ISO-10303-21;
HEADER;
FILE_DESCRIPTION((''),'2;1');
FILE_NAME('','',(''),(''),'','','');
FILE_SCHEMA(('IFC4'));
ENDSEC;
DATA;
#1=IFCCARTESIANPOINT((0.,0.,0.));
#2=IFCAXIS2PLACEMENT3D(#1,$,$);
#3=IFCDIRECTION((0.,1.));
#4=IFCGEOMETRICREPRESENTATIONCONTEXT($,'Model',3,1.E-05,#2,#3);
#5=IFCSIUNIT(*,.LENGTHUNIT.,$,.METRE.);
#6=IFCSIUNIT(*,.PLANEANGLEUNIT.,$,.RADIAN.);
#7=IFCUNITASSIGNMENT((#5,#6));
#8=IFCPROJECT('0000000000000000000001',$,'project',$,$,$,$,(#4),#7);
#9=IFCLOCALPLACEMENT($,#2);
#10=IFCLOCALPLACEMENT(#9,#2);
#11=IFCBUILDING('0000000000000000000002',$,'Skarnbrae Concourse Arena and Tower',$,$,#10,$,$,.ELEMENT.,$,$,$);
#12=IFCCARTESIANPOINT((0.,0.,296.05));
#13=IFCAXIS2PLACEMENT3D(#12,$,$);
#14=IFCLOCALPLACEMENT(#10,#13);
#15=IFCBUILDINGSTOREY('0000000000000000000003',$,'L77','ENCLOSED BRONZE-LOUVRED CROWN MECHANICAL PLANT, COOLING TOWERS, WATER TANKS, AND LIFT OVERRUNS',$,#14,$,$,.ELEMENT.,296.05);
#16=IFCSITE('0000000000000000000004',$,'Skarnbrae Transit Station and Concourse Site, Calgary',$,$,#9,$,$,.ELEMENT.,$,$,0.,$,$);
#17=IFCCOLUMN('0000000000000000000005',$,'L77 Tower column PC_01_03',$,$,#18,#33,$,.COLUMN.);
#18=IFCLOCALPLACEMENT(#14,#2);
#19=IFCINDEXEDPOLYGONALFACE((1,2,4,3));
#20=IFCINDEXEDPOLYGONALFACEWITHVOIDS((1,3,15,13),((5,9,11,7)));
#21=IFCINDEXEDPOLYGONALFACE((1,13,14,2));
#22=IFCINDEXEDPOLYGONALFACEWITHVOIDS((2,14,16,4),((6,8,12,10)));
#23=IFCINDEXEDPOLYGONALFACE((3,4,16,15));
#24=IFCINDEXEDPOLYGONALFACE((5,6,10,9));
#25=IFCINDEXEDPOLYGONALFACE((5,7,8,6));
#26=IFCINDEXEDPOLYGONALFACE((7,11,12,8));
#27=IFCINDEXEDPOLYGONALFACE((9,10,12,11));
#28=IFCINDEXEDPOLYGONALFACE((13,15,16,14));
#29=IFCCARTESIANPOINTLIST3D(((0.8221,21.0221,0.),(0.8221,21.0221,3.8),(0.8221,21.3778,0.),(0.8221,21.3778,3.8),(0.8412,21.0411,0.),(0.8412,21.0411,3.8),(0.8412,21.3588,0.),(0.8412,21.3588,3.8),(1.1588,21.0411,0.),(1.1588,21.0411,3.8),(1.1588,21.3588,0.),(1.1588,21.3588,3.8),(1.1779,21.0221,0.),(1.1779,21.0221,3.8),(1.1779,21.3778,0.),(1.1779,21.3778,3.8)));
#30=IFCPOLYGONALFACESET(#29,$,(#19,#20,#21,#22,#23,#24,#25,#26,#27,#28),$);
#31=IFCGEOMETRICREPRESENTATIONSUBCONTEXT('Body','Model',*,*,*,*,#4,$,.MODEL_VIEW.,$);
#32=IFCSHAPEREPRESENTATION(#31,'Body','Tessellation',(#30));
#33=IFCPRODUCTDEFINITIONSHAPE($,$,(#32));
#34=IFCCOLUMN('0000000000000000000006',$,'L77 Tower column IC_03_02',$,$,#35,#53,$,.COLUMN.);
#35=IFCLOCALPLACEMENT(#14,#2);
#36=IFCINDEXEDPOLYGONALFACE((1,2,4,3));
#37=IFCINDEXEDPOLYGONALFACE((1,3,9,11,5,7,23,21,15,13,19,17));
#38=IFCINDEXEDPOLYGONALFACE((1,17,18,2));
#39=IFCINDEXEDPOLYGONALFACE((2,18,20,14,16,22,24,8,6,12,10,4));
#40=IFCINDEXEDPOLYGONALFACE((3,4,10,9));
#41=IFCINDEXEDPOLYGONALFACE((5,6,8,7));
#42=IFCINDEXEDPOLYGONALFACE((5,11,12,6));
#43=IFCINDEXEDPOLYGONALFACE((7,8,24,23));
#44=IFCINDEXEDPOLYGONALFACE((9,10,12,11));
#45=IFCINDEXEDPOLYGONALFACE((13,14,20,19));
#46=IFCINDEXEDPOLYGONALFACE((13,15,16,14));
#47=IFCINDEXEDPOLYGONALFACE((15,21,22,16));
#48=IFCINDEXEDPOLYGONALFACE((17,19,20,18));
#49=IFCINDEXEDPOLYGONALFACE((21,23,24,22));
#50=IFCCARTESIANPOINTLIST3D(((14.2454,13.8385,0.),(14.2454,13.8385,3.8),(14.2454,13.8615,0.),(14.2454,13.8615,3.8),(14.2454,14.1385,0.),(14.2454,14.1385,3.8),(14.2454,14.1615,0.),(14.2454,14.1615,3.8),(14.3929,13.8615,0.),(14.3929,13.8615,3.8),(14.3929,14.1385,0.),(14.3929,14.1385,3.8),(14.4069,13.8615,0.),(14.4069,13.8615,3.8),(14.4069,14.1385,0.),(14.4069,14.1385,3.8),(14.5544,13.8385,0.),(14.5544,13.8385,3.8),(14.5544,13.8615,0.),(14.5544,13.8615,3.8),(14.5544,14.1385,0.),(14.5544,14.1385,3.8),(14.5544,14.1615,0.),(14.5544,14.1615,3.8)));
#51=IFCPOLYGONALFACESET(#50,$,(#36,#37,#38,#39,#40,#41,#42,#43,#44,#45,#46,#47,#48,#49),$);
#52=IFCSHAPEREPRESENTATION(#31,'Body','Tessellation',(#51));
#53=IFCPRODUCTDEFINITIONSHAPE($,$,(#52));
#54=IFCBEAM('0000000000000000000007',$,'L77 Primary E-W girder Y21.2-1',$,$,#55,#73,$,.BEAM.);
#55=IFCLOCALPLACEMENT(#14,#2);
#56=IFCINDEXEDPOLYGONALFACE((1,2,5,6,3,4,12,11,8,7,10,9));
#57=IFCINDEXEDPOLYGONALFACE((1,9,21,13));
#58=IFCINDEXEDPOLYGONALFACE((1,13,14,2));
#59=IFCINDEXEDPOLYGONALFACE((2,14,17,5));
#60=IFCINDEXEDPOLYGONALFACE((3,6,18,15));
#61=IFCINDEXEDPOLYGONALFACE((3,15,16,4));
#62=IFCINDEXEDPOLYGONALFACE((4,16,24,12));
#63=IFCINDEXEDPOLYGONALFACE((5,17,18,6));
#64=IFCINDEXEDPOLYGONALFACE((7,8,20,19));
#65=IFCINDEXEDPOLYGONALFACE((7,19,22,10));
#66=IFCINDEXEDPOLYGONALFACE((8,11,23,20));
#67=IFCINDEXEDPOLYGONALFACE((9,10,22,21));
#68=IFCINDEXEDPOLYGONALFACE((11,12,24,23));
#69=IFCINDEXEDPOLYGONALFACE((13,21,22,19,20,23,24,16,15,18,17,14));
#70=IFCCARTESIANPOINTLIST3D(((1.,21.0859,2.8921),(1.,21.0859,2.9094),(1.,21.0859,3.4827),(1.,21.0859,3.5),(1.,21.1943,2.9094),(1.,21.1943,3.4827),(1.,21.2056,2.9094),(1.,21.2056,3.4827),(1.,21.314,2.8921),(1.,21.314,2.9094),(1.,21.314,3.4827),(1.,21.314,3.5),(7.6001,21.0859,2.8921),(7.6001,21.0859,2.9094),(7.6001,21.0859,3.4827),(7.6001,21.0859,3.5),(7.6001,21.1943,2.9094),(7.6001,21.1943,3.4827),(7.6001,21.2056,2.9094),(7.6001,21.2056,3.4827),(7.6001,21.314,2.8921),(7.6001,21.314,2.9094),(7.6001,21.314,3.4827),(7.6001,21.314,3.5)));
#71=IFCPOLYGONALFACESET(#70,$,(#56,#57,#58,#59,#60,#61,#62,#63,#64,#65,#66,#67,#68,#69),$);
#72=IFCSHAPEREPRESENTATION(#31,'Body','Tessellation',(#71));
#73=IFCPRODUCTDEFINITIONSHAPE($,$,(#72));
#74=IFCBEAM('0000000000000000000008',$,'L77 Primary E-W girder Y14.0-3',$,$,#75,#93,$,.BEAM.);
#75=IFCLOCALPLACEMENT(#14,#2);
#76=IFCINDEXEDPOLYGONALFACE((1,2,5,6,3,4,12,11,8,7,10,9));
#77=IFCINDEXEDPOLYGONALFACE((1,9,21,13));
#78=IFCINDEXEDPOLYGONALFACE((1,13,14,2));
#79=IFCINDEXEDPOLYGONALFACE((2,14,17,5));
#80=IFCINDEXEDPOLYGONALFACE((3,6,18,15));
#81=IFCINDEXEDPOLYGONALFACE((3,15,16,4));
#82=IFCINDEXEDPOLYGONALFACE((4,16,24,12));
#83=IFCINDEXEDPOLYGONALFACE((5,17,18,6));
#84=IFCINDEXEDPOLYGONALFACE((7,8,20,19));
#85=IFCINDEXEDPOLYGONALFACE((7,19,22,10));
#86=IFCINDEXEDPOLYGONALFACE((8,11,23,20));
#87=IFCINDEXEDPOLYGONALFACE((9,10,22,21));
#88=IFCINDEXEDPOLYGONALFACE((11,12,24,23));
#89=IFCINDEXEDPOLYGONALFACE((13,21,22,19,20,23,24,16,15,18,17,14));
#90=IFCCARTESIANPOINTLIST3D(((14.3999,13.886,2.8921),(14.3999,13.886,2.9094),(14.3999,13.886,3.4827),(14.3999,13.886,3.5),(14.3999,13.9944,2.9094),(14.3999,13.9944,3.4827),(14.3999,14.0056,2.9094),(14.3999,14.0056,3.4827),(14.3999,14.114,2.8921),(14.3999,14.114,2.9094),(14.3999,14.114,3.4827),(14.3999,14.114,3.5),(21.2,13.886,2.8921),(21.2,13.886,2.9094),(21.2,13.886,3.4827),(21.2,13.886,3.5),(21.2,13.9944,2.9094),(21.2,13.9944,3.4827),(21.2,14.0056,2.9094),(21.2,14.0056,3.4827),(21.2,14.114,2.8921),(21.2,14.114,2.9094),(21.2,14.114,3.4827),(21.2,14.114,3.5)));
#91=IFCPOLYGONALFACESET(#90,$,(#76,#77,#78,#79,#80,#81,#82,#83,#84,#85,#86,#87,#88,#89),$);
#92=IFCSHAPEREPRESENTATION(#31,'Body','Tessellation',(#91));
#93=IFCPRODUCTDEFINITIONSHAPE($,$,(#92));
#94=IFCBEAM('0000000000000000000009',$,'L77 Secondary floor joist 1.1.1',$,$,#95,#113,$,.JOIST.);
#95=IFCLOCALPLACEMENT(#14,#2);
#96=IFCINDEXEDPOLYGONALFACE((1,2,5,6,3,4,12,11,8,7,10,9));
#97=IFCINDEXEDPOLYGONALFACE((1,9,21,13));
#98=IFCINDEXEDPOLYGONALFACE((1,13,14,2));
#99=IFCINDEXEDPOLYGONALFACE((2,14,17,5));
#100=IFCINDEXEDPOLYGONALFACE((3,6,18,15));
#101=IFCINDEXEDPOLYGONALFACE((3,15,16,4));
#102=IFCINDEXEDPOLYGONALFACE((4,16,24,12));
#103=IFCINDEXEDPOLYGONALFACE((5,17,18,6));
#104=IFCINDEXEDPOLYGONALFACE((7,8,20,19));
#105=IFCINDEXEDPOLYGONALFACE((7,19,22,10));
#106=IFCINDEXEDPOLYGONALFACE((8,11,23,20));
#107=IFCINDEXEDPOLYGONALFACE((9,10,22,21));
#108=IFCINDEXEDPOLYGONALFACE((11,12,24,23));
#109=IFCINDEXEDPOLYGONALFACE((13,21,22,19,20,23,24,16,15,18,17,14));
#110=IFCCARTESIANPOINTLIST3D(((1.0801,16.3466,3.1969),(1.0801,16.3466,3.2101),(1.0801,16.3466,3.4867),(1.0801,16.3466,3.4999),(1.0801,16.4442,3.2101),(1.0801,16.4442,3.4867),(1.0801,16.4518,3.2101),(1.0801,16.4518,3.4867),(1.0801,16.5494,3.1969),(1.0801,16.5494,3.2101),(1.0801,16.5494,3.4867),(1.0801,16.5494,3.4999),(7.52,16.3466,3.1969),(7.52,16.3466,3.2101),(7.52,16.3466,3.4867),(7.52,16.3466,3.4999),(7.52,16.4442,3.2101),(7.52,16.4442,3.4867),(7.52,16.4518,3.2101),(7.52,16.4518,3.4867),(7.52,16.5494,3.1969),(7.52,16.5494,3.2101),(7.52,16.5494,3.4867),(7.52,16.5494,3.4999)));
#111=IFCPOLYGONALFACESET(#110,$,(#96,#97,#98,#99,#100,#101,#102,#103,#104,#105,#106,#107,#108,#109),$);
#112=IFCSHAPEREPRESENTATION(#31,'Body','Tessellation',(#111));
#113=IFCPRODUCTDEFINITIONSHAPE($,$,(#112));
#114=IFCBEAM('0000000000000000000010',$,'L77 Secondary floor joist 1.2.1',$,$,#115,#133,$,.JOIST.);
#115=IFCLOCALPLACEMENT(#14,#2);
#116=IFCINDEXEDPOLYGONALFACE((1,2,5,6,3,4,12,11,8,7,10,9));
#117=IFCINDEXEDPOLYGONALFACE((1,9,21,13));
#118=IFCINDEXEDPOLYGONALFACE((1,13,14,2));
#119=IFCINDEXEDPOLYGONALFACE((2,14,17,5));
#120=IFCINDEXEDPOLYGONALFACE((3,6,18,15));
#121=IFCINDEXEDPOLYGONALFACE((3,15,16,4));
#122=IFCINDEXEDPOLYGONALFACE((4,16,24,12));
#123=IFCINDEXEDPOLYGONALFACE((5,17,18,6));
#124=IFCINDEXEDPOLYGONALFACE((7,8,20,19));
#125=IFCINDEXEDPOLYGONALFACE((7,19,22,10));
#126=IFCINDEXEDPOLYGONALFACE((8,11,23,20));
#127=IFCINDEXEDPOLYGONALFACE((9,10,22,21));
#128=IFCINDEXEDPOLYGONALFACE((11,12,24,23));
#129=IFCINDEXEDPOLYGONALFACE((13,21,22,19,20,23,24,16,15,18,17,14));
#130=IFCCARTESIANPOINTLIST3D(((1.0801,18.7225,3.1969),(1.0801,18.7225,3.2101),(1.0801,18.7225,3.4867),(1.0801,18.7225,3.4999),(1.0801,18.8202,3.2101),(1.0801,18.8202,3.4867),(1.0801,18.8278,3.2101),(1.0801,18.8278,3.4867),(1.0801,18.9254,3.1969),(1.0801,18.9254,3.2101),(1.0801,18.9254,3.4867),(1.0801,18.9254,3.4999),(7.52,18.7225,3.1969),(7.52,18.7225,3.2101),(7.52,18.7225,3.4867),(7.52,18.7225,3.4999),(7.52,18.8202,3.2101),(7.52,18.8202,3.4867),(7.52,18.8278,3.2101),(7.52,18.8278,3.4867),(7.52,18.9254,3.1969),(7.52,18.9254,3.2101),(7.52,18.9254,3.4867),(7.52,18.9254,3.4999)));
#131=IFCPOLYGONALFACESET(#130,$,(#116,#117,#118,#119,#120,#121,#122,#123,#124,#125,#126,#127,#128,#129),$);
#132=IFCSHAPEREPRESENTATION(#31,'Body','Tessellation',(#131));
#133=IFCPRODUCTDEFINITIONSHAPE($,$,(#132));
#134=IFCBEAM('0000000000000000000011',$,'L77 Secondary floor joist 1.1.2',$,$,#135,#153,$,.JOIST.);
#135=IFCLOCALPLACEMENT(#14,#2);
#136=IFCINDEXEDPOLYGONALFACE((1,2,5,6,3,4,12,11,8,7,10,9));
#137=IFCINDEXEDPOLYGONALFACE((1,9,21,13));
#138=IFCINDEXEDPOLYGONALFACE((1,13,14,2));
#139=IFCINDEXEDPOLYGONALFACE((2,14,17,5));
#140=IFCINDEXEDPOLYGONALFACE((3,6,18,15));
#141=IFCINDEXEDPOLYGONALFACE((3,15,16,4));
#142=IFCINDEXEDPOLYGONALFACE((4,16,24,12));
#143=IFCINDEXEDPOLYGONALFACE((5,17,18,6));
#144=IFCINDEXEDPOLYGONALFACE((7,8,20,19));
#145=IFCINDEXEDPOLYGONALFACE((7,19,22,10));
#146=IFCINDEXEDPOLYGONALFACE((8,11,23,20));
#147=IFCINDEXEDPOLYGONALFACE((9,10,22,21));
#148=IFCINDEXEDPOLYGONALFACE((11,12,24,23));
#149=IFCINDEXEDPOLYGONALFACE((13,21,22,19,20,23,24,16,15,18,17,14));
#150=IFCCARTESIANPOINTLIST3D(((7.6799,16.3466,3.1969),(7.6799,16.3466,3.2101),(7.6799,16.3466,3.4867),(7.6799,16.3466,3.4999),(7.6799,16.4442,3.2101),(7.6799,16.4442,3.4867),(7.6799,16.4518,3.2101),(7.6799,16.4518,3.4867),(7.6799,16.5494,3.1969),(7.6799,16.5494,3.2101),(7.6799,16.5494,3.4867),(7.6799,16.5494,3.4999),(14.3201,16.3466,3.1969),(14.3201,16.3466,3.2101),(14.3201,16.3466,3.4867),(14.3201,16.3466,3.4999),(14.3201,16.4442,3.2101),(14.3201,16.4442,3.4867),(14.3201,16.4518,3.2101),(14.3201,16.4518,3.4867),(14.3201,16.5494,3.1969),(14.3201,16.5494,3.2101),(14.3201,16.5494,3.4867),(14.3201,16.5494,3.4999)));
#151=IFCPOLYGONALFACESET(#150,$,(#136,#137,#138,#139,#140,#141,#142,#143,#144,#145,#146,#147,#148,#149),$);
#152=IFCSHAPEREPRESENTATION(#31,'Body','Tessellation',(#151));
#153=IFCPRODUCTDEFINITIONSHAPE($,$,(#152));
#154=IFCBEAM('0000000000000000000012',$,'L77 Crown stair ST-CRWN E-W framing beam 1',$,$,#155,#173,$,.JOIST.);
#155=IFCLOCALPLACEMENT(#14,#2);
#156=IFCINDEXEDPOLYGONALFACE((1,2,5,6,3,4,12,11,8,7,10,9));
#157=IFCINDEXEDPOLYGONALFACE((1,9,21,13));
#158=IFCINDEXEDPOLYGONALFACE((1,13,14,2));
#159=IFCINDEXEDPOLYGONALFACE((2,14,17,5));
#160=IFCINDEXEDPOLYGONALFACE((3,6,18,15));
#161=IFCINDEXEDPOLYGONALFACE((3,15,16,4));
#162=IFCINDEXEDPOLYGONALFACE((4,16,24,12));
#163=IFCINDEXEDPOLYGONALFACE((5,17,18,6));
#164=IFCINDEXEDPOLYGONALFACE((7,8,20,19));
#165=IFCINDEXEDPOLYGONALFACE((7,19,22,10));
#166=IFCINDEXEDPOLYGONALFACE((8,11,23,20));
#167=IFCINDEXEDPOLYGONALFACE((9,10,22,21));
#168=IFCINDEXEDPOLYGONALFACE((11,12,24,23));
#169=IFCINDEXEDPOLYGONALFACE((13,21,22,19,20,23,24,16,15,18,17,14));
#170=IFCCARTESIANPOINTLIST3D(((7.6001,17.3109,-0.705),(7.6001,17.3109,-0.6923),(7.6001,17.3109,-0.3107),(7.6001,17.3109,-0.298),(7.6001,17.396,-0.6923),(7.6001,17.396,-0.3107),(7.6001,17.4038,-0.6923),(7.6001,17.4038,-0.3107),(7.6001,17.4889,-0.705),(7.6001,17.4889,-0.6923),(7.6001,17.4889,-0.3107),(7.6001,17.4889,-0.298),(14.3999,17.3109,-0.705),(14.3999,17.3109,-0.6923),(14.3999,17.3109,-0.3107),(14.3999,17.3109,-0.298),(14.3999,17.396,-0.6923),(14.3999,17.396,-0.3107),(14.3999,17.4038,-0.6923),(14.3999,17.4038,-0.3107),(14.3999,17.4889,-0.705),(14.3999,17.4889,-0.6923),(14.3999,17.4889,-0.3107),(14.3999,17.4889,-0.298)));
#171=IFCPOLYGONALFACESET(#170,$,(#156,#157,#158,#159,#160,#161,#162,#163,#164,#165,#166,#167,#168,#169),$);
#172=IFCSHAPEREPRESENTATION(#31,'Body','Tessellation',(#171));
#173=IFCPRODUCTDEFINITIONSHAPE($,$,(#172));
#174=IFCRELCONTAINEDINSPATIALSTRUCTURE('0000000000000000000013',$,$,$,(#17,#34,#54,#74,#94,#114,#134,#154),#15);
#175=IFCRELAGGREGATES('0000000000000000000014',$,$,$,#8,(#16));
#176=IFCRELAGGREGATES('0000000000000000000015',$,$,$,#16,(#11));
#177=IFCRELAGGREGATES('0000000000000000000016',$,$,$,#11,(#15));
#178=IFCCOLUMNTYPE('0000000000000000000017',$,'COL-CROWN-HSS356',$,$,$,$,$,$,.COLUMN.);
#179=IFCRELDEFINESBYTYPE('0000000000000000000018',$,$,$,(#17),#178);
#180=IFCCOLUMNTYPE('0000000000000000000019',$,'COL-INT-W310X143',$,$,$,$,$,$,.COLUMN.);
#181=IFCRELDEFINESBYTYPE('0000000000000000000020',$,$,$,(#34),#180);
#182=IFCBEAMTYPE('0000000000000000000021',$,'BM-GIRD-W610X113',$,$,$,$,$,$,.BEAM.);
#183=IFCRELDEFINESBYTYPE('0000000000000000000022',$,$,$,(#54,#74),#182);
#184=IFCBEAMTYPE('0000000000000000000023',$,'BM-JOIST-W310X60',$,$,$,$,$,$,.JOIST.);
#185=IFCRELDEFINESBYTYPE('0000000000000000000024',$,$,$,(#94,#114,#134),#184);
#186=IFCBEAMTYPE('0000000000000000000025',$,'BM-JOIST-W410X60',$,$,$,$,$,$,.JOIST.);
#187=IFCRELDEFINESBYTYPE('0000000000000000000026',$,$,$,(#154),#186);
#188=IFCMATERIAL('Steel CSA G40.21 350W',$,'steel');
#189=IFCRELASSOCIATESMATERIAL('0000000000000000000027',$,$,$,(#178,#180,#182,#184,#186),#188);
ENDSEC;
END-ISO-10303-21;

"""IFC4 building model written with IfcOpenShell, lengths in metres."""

from ifc_helpers import new_model, si_unit, direction, frame, origin, origin_2d, place, context, subcontext, project, spatial, hollow_rectangle, i_section, extrude, source, transform, mapped, material, material_profile, profile_set, type_object, element, save


model = new_model("IFC4")

# Units and contexts
model_context = context("Model", 3, precision=1e-05, world=origin(), true_north=direction((0.0, 1.0)))
body_context = subcontext(model_context, "Body", "Model", "MODEL_VIEW")
ifc_project = project(units=[si_unit("LENGTHUNIT", "METRE"), si_unit("PLANEANGLEUNIT", "RADIAN")], contexts=[model_context])

# Site, building, storey
site_placement = place(None, origin())
site = spatial("IfcSite", under=ifc_project, at=site_placement, Name="Skarnbrae Transit Station and Concourse Site, Calgary", CompositionType="ELEMENT", RefElevation=0.0)
building_placement = place(site_placement, origin())
building = spatial("IfcBuilding", under=site, at=building_placement, Name="Skarnbrae Concourse Arena and Tower", CompositionType="ELEMENT")
storey_placement = place(building_placement, frame((0.0, 0.0, 296.05)))
storey = spatial("IfcBuildingStorey", under=building, at=storey_placement, Name="L77", Description="ENCLOSED BRONZE-LOUVRED CROWN MECHANICAL PLANT, COOLING TOWERS, WATER TANKS, AND LIFT OVERRUNS", CompositionType="ELEMENT", Elevation=296.05)

# Columns
ifc_material_1 = material(Name="Steel CSA G40.21 350W", Category="steel")
ifc_material_profile_1 = material_profile(ifc_material_1, hollow_rectangle(XDim=0.3557, YDim=0.3557, WallThickness=0.019, at=origin_2d()), Name="HSS356X356X19.0")
ifc_profile_set_1 = profile_set([ifc_material_profile_1], Name="Steel CSA G40.21 350W")
column_type_1 = type_object("IfcColumnType", Name="COL-CROWN-HSS356", PredefinedType="COLUMN", material=ifc_profile_set_1)
shared_shape_1 = source(origin(), body_context, "Body", "SweptSolid", [
    extrude(hollow_rectangle(XDim=0.3557, YDim=0.3557, WallThickness=0.019, at=origin_2d()), origin(), (0.0, 0.0, 1.0), 3.8),
])
column_1_placement = place(storey_placement, frame((1.0, 21.2, 0.0), z_axis=(0.0, 0.0, 1.0), x_axis=(1.0, 0.0, 0.0)))
element("IfcColumn", 1, at=column_1_placement, inside=storey, type_object=column_type_1, Name="L77 Tower column PC_01_03", PredefinedType="COLUMN", context=body_context, shape_type="MappedRepresentation", body=[
    mapped(shared_shape_1, transform((0.0, 0.0, 0.0))),
])
ifc_material_profile_2 = material_profile(ifc_material_1, i_section(OverallWidth=0.3091, OverallDepth=0.323, WebThickness=0.0139, FlangeThickness=0.0229, at=origin_2d()), Name="W310X143")
ifc_profile_set_2 = profile_set([ifc_material_profile_2], Name="Steel CSA G40.21 350W")
column_type_2 = type_object("IfcColumnType", Name="COL-INT-W310X143", PredefinedType="COLUMN", material=ifc_profile_set_2)
shared_shape_2 = source(origin(), body_context, "Body", "SweptSolid", [
    extrude(i_section(OverallWidth=0.3091, OverallDepth=0.323, WebThickness=0.0139, FlangeThickness=0.0229, at=origin_2d()), origin(), (0.0, 0.0, 1.0), 3.8),
])
column_2_placement = place(storey_placement, frame((14.3999, 14.0, 0.0), z_axis=(0.0, 0.0, 1.0), x_axis=(1.0, 0.0, 0.0)))
element("IfcColumn", 2, at=column_2_placement, inside=storey, type_object=column_type_2, Name="L77 Tower column IC_03_02", PredefinedType="COLUMN", context=body_context, shape_type="MappedRepresentation", body=[
    mapped(shared_shape_2, transform((0.0, 0.0, 0.0))),
])

# Beams
ifc_material_profile_3 = material_profile(ifc_material_1, i_section(OverallWidth=0.228, OverallDepth=0.6079, WebThickness=0.0112, FlangeThickness=0.0173, at=origin_2d()), Name="W610X113")
ifc_profile_set_3 = profile_set([ifc_material_profile_3], Name="Steel CSA G40.21 350W")
beam_type_1 = type_object("IfcBeamType", Name="BM-GIRD-W610X113", PredefinedType="BEAM", material=ifc_profile_set_3)
shared_shape_3 = source(origin(), body_context, "Body", "SweptSolid", [
    extrude(i_section(OverallWidth=0.228, OverallDepth=0.6079, WebThickness=0.0112, FlangeThickness=0.0173, at=origin_2d()), origin(), (0.0, 0.0, 1.0), 6.6001),
])
beam_1_placement = place(storey_placement, frame((1.0, 21.2, 3.196), z_axis=(1.0, 0.0, 0.0), x_axis=(0.0, 1.0, 0.0)))
element("IfcBeam", 3, at=beam_1_placement, inside=storey, type_object=beam_type_1, Name="L77 Primary E-W girder Y21.2-1", PredefinedType="BEAM", context=body_context, shape_type="MappedRepresentation", body=[
    mapped(shared_shape_3, transform((0.0, 0.0, 0.0))),
])
shared_shape_4 = source(origin(), body_context, "Body", "SweptSolid", [
    extrude(i_section(OverallWidth=0.228, OverallDepth=0.6079, WebThickness=0.0112, FlangeThickness=0.0173, at=origin_2d()), origin(), (0.0, 0.0, 1.0), 6.8),
])
beam_2_placement = place(storey_placement, frame((14.3999, 14.0, 3.196), z_axis=(1.0, 0.0, 0.0), x_axis=(0.0, 1.0, 0.0)))
element("IfcBeam", 4, at=beam_2_placement, inside=storey, type_object=beam_type_1, Name="L77 Primary E-W girder Y14.0-3", PredefinedType="BEAM", context=body_context, shape_type="MappedRepresentation", body=[
    mapped(shared_shape_4, transform((0.0, 0.0, 0.0))),
])
ifc_material_profile_4 = material_profile(ifc_material_1, i_section(OverallWidth=0.2029, OverallDepth=0.303, WebThickness=0.0076, FlangeThickness=0.0132, at=origin_2d()), Name="W310X60")
ifc_profile_set_4 = profile_set([ifc_material_profile_4], Name="Steel CSA G40.21 350W")
beam_type_2 = type_object("IfcBeamType", Name="BM-JOIST-W310X60", PredefinedType="JOIST", material=ifc_profile_set_4)
shared_shape_5 = source(origin(), body_context, "Body", "SweptSolid", [
    extrude(i_section(OverallWidth=0.2029, OverallDepth=0.303, WebThickness=0.0076, FlangeThickness=0.0132, at=origin_2d()), origin(), (0.0, 0.0, 1.0), 6.4399),
])
for number, where, z_axis, x_axis, name in (
    (5, (1.0801, 16.448, 3.3484), (1.0, 0.0, 0.0), (0.0, 1.0, 0.0), "L77 Secondary floor joist 1.1.1"),
    (6, (1.0801, 18.824, 3.3484), (1.0, 0.0, 0.0), (0.0, 1.0, 0.0), "L77 Secondary floor joist 1.2.1"),
):
    element("IfcBeam", number, at=place(storey_placement, frame(where, z_axis=z_axis, x_axis=x_axis)), inside=storey, type_object=beam_type_2, Name=name, PredefinedType="JOIST", context=body_context, shape_type="MappedRepresentation", body=[
        mapped(shared_shape_5, transform((0.0, 0.0, 0.0))),
    ])
shared_shape_6 = source(origin(), body_context, "Body", "SweptSolid", [
    extrude(i_section(OverallWidth=0.2029, OverallDepth=0.303, WebThickness=0.0076, FlangeThickness=0.0132, at=origin_2d()), origin(), (0.0, 0.0, 1.0), 6.6401),
])
beam_3_placement = place(storey_placement, frame((7.6799, 16.448, 3.3484), z_axis=(1.0, 0.0, 0.0), x_axis=(0.0, 1.0, 0.0)))
element("IfcBeam", 7, at=beam_3_placement, inside=storey, type_object=beam_type_2, Name="L77 Secondary floor joist 1.1.2", PredefinedType="JOIST", context=body_context, shape_type="MappedRepresentation", body=[
    mapped(shared_shape_6, transform((0.0, 0.0, 0.0))),
])
ifc_material_profile_5 = material_profile(ifc_material_1, i_section(OverallWidth=0.178, OverallDepth=0.407, WebThickness=0.0078, FlangeThickness=0.0127, at=origin_2d()), Name="W410X60")
ifc_profile_set_5 = profile_set([ifc_material_profile_5], Name="Steel CSA G40.21 350W")
beam_type_3 = type_object("IfcBeamType", Name="BM-JOIST-W410X60", PredefinedType="JOIST", material=ifc_profile_set_5)
shared_shape_7 = source(origin(), body_context, "Body", "SweptSolid", [
    extrude(i_section(OverallWidth=0.178, OverallDepth=0.407, WebThickness=0.0078, FlangeThickness=0.0127, at=origin_2d()), origin(), (0.0, 0.0, 1.0), 6.7998),
])
for number, where, z_axis, x_axis, name in (
    (8, (7.6001, 17.3999, -0.5015), (1.0, 0.0, 0.0), (0.0, 1.0, 0.0), "L77 Crown stair ST-CRWN E-W framing beam 1"),
):
    element("IfcBeam", number, at=place(storey_placement, frame(where, z_axis=z_axis, x_axis=x_axis)), inside=storey, type_object=beam_type_3, Name=name, PredefinedType="JOIST", context=body_context, shape_type="MappedRepresentation", body=[
        mapped(shared_shape_7, transform((0.0, 0.0, 0.0))),
    ])

save(model, "model.ifc")
